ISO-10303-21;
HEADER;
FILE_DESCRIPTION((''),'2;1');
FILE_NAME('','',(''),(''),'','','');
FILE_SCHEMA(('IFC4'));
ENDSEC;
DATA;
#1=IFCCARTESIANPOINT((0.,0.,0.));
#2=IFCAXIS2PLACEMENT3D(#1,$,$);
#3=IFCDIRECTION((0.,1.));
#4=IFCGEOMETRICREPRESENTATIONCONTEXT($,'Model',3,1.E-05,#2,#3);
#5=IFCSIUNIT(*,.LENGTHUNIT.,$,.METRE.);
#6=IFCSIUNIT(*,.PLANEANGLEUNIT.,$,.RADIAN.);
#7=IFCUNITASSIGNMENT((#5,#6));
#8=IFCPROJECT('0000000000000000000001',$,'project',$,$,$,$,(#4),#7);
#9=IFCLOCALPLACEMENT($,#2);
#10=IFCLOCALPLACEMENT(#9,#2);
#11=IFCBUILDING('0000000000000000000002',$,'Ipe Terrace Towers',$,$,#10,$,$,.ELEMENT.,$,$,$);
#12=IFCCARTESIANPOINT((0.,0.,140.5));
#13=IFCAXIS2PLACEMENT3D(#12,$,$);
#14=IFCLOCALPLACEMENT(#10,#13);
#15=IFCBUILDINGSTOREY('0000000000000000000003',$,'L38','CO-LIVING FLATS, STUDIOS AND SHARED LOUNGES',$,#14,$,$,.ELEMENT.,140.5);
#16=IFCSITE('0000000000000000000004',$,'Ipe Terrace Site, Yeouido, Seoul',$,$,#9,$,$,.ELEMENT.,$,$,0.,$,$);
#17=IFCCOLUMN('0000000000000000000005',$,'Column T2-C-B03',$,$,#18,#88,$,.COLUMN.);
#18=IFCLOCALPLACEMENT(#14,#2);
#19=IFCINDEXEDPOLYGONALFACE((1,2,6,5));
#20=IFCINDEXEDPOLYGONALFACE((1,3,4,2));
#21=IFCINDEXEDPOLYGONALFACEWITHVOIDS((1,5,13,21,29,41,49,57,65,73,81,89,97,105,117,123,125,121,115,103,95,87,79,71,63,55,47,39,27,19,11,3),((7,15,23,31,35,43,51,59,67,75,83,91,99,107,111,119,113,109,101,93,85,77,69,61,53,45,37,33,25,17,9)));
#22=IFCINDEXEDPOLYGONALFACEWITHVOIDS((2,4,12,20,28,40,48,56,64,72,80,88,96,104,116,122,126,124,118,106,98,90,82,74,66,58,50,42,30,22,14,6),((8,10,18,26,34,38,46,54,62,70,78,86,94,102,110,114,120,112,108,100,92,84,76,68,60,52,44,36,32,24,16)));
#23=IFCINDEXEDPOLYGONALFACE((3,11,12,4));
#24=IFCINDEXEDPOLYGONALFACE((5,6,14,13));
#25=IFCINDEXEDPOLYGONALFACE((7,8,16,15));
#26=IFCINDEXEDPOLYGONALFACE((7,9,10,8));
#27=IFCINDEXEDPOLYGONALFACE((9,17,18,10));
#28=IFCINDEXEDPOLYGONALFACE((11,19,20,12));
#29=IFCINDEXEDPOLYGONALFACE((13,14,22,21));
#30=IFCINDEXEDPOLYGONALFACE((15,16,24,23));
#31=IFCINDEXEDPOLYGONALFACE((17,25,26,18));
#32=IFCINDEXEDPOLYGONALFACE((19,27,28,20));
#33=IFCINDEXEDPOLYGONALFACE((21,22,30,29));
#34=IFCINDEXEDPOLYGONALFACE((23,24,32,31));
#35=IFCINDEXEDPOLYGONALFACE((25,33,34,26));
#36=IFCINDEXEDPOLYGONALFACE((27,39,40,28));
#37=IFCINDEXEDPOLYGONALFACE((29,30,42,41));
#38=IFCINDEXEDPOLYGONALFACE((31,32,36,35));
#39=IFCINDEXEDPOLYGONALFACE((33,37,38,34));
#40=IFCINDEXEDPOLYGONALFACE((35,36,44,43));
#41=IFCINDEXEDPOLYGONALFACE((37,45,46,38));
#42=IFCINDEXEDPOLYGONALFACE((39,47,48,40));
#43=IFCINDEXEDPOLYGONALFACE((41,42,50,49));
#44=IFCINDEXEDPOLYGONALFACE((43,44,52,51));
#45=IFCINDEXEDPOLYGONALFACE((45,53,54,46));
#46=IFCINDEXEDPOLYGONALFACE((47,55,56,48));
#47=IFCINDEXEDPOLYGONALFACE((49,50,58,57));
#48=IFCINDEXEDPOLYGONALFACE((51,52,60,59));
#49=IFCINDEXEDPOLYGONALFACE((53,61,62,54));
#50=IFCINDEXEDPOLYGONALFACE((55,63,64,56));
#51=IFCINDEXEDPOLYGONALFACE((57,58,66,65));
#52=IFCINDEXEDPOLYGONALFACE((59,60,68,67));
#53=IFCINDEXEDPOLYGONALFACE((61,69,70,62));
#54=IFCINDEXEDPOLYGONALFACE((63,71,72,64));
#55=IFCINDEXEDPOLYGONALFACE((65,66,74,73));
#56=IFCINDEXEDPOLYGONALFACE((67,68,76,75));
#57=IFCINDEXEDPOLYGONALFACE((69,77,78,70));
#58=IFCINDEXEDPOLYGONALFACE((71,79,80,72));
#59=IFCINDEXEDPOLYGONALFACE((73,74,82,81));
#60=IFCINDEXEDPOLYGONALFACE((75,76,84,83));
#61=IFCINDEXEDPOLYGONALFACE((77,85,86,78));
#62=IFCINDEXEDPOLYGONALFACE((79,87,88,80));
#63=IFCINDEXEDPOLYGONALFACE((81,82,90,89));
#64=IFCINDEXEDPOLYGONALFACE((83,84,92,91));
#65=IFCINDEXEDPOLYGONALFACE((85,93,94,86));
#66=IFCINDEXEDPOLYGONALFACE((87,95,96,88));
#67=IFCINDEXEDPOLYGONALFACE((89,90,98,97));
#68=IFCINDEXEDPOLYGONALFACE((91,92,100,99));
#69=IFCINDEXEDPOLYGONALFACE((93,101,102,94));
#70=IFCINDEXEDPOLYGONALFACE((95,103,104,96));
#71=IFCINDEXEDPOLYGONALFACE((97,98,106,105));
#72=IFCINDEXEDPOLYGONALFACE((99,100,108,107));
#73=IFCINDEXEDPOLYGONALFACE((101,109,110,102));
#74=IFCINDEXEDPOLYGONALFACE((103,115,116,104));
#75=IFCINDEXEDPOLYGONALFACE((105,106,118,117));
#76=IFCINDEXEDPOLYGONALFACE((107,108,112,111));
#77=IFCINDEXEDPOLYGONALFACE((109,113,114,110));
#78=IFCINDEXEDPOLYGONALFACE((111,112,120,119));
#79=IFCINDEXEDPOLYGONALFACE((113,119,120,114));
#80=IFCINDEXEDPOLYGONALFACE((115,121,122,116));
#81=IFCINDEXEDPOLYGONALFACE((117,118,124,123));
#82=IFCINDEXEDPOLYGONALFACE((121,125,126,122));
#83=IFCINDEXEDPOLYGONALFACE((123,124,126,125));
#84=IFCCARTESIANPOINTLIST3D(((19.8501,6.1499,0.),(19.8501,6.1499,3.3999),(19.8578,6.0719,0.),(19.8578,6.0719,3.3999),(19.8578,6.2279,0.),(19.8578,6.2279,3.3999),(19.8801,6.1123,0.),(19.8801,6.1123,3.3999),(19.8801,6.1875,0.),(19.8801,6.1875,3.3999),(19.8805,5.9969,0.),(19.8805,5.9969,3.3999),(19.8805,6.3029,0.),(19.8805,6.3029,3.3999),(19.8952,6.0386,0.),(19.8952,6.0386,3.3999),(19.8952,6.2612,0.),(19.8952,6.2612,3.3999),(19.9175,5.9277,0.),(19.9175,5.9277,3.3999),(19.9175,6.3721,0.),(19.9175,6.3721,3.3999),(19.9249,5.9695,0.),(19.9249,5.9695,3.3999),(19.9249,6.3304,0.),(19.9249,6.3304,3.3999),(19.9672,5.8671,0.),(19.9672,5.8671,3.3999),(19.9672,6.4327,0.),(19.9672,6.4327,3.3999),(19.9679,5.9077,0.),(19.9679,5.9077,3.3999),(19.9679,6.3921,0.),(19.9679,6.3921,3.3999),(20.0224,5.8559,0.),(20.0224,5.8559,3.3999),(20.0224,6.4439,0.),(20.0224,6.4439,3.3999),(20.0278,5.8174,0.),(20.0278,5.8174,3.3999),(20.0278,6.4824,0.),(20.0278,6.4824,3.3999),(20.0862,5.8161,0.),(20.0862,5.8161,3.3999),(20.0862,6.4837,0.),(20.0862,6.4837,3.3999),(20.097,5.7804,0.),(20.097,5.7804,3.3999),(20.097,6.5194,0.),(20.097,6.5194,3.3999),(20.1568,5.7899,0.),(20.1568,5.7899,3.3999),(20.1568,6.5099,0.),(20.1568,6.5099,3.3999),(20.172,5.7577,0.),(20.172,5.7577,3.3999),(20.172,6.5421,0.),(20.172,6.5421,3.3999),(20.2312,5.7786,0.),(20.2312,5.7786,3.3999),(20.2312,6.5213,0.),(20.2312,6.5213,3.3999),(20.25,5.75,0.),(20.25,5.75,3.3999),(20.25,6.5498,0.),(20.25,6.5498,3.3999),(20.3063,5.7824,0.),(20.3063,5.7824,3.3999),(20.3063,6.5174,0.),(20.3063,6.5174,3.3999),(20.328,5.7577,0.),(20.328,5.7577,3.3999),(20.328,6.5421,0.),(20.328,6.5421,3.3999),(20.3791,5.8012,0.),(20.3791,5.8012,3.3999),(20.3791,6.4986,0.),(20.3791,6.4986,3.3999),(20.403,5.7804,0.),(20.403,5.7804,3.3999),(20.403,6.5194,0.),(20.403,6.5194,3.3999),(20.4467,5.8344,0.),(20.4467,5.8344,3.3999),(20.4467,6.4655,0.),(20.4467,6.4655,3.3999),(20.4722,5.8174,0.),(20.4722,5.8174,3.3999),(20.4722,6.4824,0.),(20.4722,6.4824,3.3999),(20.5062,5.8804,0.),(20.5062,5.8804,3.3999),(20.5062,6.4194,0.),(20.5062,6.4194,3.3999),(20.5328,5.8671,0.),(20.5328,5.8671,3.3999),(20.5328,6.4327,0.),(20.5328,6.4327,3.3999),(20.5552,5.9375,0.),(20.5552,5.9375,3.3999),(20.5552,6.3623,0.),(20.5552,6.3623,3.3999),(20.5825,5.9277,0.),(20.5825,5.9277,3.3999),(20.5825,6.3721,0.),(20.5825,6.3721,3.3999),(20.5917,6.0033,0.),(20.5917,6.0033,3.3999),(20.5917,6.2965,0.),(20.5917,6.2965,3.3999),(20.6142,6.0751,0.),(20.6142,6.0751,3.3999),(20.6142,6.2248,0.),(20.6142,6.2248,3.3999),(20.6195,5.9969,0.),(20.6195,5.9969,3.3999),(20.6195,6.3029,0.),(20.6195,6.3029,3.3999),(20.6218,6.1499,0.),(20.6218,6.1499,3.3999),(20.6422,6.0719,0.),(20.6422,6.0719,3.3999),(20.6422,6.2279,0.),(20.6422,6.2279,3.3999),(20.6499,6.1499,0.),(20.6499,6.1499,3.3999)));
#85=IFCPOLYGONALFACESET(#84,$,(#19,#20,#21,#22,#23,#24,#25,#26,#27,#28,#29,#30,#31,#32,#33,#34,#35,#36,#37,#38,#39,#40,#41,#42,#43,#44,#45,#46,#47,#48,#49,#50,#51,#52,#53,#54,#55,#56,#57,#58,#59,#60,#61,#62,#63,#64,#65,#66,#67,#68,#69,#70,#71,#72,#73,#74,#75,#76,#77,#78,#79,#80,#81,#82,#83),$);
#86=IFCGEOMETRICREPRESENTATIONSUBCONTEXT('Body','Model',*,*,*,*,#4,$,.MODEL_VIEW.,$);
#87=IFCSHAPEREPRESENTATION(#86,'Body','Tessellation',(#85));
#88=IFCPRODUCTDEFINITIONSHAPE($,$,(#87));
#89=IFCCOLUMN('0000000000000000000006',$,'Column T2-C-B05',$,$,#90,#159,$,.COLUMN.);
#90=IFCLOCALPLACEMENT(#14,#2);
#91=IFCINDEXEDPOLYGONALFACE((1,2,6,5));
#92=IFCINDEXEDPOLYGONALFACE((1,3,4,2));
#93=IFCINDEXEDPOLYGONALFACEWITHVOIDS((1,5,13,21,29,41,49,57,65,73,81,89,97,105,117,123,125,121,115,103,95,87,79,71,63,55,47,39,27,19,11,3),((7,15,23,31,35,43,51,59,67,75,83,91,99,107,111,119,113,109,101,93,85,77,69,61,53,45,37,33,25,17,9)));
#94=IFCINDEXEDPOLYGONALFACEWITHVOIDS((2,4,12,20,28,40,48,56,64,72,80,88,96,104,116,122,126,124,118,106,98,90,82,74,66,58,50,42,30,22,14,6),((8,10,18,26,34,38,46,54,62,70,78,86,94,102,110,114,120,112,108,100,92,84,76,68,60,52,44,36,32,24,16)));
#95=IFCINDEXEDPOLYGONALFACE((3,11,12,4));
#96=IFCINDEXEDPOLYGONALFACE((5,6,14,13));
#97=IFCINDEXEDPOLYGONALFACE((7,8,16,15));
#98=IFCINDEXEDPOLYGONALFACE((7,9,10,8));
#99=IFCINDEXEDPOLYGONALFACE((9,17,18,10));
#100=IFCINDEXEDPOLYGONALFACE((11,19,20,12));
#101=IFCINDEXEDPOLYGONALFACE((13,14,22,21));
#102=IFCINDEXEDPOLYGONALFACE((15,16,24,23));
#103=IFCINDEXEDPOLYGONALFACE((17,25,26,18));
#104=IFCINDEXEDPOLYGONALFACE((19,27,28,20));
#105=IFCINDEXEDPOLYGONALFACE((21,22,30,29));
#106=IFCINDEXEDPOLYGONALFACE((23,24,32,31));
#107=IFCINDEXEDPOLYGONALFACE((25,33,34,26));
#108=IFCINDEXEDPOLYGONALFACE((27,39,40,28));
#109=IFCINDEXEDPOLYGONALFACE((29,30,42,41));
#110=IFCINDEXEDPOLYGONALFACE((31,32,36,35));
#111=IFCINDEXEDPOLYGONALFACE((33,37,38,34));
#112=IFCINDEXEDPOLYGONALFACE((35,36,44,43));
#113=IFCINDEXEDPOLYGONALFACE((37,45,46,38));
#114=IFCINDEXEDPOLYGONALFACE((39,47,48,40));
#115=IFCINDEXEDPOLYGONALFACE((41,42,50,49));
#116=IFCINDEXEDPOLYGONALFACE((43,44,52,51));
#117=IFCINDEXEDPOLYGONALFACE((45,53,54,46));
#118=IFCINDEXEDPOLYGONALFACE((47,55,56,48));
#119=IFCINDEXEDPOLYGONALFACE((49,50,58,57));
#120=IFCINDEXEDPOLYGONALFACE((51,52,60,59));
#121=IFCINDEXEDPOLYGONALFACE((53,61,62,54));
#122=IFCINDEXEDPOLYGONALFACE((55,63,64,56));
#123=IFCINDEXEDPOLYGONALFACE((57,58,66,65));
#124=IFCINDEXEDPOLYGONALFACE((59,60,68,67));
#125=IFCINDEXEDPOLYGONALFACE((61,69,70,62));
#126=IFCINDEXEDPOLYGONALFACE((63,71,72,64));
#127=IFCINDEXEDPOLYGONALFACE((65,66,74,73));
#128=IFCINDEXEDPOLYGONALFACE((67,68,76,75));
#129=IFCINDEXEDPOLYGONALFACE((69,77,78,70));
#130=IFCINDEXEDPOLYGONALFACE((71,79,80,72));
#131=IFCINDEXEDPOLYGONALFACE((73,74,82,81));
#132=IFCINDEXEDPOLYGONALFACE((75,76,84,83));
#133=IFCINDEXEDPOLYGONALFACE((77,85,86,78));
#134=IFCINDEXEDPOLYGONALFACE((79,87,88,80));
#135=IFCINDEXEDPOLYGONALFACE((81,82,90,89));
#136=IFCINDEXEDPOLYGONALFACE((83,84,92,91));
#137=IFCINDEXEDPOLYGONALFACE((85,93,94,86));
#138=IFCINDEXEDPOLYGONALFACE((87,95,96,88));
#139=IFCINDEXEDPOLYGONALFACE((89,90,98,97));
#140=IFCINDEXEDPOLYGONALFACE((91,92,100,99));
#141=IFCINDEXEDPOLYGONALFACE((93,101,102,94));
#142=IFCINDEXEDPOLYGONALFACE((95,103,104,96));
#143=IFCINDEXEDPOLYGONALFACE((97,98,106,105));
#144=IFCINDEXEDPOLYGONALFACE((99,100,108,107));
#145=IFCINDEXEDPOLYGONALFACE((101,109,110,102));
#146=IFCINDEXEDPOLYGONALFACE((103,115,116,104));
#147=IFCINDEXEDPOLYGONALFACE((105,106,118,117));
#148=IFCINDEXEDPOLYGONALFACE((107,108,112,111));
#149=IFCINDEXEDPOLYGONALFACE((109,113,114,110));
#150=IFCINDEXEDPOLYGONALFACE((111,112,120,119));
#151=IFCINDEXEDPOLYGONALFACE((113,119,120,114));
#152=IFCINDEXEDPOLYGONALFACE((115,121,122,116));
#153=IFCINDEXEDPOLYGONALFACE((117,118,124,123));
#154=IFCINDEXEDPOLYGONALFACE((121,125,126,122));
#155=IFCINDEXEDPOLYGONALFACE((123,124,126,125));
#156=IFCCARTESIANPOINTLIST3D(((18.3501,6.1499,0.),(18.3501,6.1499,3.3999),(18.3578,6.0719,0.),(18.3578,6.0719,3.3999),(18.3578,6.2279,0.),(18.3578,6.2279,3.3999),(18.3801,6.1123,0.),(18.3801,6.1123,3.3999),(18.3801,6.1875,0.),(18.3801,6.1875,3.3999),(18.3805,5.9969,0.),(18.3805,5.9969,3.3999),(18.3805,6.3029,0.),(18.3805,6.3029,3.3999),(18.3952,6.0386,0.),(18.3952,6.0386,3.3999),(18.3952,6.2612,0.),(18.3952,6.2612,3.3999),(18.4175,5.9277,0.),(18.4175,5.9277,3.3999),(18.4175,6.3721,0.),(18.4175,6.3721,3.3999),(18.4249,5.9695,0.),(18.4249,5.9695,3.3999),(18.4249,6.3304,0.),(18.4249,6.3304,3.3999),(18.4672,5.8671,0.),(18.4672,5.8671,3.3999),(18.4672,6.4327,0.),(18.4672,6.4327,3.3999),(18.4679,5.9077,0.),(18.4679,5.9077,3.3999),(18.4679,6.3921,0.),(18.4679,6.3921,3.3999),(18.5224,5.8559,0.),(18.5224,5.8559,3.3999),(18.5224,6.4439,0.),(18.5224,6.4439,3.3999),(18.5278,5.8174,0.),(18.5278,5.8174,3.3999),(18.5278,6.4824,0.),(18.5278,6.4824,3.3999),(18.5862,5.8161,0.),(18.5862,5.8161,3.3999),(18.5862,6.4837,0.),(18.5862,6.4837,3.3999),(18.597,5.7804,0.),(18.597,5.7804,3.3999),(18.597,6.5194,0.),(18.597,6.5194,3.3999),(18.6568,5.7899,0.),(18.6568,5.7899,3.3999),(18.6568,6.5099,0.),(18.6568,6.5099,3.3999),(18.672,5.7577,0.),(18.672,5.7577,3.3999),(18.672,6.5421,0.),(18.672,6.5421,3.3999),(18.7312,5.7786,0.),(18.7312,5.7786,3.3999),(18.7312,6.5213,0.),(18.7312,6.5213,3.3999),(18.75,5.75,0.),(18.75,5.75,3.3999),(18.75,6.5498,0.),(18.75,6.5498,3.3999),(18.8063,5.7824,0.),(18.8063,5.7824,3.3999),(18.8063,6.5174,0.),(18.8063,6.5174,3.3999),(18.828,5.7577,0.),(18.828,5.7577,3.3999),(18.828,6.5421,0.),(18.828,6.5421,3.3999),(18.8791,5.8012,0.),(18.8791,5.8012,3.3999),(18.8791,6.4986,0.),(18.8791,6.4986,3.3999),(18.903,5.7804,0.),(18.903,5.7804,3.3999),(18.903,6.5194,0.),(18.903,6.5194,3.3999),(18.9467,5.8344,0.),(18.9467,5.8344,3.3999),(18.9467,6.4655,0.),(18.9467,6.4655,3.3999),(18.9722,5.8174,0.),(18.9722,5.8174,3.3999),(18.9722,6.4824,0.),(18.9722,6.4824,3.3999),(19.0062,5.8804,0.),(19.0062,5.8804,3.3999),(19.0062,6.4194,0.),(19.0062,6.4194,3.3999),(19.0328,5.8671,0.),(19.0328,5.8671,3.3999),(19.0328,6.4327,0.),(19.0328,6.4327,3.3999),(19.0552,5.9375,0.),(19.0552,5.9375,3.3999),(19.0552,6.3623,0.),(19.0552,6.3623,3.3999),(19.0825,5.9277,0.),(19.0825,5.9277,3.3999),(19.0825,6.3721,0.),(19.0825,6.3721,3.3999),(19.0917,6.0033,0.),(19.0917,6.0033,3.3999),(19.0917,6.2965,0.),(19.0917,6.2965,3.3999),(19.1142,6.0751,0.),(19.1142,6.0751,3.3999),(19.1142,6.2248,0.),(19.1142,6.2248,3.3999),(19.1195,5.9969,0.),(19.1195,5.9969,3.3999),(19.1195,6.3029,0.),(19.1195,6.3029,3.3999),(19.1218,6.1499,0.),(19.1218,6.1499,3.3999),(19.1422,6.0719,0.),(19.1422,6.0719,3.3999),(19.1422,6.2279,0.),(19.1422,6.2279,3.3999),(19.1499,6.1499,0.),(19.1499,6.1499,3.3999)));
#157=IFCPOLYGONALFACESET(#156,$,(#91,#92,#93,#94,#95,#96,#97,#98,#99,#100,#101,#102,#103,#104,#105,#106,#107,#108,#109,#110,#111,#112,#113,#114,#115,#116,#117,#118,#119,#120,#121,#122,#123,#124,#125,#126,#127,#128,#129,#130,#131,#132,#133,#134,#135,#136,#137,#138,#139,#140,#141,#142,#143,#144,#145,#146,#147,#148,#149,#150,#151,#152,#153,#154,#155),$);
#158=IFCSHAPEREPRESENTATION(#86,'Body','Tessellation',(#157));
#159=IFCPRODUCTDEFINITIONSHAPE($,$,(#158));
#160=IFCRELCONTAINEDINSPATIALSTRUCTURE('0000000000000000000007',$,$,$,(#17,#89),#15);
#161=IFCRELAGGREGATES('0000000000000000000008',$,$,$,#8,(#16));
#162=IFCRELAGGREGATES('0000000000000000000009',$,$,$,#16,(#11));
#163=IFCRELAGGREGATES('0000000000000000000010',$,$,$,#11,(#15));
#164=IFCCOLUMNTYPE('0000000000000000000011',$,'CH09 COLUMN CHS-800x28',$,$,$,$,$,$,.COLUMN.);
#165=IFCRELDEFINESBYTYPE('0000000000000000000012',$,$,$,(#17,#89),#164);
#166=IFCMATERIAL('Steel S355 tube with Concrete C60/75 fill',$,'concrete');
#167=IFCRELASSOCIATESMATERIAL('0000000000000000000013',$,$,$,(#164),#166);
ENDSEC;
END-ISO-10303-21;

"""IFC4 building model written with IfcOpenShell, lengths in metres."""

from ifc_helpers import new_model, si_unit, direction, frame, origin, origin_2d, place, context, subcontext, project, spatial, hollow_circle, extrude, material, material_profile, profile_set, type_object, element, save


model = new_model("IFC4")

# Units and contexts
model_context = context("Model", 3, precision=1e-05, world=origin(), true_north=direction((0.0, 1.0)))
body_context = subcontext(model_context, "Body", "Model", "MODEL_VIEW")
ifc_project = project(units=[si_unit("LENGTHUNIT", "METRE"), si_unit("PLANEANGLEUNIT", "RADIAN")], contexts=[model_context])

# Site, building, storey
site_placement = place(None, origin())
site = spatial("IfcSite", under=ifc_project, at=site_placement, Name="Ipe Terrace Site, Yeouido, Seoul", CompositionType="ELEMENT", RefElevation=0.0)
building_placement = place(site_placement, origin())
building = spatial("IfcBuilding", under=site, at=building_placement, Name="Ipe Terrace Towers", CompositionType="ELEMENT")
storey_placement = place(building_placement, frame((0.0, 0.0, 140.5)))
storey = spatial("IfcBuildingStorey", under=building, at=storey_placement, Name="L38", Description="CO-LIVING FLATS, STUDIOS AND SHARED LOUNGES", CompositionType="ELEMENT", Elevation=140.5)

# Columns
ifc_material_1 = material(Name="Steel S355 tube with Concrete C60/75 fill", Category="concrete")
ifc_material_profile_1 = material_profile(ifc_material_1, hollow_circle(Radius=0.3999, WallThickness=0.0281, at=origin_2d()), Name="CHS-800x28")
ifc_profile_set_1 = profile_set([ifc_material_profile_1], Name="Steel S355 tube with Concrete C60/75 fill")
column_type_1 = type_object("IfcColumnType", Name="CH09 COLUMN CHS-800x28", PredefinedType="COLUMN", material=ifc_profile_set_1)
for number, where, z_axis, x_axis, name in (
    (1, (20.25, 6.1499, 0.0), (0.0, 0.0, 1.0), (1.0, 0.0, 0.0), "Column T2-C-B03"),
    (2, (18.75, 6.1499, 0.0), (0.0, 0.0, 1.0), (1.0, 0.0, 0.0), "Column T2-C-B05"),
):
    element("IfcColumn", number, at=place(storey_placement, frame(where, z_axis=z_axis, x_axis=x_axis)), inside=storey, type_object=column_type_1, Name=name, PredefinedType="COLUMN", context=body_context, shape_type="SweptSolid", body=[
        extrude(hollow_circle(Radius=0.3999, WallThickness=0.0281, at=origin_2d()), origin(), (0.0, 0.0, 1.0), 3.3999),
    ])

save(model, "model.ifc")
